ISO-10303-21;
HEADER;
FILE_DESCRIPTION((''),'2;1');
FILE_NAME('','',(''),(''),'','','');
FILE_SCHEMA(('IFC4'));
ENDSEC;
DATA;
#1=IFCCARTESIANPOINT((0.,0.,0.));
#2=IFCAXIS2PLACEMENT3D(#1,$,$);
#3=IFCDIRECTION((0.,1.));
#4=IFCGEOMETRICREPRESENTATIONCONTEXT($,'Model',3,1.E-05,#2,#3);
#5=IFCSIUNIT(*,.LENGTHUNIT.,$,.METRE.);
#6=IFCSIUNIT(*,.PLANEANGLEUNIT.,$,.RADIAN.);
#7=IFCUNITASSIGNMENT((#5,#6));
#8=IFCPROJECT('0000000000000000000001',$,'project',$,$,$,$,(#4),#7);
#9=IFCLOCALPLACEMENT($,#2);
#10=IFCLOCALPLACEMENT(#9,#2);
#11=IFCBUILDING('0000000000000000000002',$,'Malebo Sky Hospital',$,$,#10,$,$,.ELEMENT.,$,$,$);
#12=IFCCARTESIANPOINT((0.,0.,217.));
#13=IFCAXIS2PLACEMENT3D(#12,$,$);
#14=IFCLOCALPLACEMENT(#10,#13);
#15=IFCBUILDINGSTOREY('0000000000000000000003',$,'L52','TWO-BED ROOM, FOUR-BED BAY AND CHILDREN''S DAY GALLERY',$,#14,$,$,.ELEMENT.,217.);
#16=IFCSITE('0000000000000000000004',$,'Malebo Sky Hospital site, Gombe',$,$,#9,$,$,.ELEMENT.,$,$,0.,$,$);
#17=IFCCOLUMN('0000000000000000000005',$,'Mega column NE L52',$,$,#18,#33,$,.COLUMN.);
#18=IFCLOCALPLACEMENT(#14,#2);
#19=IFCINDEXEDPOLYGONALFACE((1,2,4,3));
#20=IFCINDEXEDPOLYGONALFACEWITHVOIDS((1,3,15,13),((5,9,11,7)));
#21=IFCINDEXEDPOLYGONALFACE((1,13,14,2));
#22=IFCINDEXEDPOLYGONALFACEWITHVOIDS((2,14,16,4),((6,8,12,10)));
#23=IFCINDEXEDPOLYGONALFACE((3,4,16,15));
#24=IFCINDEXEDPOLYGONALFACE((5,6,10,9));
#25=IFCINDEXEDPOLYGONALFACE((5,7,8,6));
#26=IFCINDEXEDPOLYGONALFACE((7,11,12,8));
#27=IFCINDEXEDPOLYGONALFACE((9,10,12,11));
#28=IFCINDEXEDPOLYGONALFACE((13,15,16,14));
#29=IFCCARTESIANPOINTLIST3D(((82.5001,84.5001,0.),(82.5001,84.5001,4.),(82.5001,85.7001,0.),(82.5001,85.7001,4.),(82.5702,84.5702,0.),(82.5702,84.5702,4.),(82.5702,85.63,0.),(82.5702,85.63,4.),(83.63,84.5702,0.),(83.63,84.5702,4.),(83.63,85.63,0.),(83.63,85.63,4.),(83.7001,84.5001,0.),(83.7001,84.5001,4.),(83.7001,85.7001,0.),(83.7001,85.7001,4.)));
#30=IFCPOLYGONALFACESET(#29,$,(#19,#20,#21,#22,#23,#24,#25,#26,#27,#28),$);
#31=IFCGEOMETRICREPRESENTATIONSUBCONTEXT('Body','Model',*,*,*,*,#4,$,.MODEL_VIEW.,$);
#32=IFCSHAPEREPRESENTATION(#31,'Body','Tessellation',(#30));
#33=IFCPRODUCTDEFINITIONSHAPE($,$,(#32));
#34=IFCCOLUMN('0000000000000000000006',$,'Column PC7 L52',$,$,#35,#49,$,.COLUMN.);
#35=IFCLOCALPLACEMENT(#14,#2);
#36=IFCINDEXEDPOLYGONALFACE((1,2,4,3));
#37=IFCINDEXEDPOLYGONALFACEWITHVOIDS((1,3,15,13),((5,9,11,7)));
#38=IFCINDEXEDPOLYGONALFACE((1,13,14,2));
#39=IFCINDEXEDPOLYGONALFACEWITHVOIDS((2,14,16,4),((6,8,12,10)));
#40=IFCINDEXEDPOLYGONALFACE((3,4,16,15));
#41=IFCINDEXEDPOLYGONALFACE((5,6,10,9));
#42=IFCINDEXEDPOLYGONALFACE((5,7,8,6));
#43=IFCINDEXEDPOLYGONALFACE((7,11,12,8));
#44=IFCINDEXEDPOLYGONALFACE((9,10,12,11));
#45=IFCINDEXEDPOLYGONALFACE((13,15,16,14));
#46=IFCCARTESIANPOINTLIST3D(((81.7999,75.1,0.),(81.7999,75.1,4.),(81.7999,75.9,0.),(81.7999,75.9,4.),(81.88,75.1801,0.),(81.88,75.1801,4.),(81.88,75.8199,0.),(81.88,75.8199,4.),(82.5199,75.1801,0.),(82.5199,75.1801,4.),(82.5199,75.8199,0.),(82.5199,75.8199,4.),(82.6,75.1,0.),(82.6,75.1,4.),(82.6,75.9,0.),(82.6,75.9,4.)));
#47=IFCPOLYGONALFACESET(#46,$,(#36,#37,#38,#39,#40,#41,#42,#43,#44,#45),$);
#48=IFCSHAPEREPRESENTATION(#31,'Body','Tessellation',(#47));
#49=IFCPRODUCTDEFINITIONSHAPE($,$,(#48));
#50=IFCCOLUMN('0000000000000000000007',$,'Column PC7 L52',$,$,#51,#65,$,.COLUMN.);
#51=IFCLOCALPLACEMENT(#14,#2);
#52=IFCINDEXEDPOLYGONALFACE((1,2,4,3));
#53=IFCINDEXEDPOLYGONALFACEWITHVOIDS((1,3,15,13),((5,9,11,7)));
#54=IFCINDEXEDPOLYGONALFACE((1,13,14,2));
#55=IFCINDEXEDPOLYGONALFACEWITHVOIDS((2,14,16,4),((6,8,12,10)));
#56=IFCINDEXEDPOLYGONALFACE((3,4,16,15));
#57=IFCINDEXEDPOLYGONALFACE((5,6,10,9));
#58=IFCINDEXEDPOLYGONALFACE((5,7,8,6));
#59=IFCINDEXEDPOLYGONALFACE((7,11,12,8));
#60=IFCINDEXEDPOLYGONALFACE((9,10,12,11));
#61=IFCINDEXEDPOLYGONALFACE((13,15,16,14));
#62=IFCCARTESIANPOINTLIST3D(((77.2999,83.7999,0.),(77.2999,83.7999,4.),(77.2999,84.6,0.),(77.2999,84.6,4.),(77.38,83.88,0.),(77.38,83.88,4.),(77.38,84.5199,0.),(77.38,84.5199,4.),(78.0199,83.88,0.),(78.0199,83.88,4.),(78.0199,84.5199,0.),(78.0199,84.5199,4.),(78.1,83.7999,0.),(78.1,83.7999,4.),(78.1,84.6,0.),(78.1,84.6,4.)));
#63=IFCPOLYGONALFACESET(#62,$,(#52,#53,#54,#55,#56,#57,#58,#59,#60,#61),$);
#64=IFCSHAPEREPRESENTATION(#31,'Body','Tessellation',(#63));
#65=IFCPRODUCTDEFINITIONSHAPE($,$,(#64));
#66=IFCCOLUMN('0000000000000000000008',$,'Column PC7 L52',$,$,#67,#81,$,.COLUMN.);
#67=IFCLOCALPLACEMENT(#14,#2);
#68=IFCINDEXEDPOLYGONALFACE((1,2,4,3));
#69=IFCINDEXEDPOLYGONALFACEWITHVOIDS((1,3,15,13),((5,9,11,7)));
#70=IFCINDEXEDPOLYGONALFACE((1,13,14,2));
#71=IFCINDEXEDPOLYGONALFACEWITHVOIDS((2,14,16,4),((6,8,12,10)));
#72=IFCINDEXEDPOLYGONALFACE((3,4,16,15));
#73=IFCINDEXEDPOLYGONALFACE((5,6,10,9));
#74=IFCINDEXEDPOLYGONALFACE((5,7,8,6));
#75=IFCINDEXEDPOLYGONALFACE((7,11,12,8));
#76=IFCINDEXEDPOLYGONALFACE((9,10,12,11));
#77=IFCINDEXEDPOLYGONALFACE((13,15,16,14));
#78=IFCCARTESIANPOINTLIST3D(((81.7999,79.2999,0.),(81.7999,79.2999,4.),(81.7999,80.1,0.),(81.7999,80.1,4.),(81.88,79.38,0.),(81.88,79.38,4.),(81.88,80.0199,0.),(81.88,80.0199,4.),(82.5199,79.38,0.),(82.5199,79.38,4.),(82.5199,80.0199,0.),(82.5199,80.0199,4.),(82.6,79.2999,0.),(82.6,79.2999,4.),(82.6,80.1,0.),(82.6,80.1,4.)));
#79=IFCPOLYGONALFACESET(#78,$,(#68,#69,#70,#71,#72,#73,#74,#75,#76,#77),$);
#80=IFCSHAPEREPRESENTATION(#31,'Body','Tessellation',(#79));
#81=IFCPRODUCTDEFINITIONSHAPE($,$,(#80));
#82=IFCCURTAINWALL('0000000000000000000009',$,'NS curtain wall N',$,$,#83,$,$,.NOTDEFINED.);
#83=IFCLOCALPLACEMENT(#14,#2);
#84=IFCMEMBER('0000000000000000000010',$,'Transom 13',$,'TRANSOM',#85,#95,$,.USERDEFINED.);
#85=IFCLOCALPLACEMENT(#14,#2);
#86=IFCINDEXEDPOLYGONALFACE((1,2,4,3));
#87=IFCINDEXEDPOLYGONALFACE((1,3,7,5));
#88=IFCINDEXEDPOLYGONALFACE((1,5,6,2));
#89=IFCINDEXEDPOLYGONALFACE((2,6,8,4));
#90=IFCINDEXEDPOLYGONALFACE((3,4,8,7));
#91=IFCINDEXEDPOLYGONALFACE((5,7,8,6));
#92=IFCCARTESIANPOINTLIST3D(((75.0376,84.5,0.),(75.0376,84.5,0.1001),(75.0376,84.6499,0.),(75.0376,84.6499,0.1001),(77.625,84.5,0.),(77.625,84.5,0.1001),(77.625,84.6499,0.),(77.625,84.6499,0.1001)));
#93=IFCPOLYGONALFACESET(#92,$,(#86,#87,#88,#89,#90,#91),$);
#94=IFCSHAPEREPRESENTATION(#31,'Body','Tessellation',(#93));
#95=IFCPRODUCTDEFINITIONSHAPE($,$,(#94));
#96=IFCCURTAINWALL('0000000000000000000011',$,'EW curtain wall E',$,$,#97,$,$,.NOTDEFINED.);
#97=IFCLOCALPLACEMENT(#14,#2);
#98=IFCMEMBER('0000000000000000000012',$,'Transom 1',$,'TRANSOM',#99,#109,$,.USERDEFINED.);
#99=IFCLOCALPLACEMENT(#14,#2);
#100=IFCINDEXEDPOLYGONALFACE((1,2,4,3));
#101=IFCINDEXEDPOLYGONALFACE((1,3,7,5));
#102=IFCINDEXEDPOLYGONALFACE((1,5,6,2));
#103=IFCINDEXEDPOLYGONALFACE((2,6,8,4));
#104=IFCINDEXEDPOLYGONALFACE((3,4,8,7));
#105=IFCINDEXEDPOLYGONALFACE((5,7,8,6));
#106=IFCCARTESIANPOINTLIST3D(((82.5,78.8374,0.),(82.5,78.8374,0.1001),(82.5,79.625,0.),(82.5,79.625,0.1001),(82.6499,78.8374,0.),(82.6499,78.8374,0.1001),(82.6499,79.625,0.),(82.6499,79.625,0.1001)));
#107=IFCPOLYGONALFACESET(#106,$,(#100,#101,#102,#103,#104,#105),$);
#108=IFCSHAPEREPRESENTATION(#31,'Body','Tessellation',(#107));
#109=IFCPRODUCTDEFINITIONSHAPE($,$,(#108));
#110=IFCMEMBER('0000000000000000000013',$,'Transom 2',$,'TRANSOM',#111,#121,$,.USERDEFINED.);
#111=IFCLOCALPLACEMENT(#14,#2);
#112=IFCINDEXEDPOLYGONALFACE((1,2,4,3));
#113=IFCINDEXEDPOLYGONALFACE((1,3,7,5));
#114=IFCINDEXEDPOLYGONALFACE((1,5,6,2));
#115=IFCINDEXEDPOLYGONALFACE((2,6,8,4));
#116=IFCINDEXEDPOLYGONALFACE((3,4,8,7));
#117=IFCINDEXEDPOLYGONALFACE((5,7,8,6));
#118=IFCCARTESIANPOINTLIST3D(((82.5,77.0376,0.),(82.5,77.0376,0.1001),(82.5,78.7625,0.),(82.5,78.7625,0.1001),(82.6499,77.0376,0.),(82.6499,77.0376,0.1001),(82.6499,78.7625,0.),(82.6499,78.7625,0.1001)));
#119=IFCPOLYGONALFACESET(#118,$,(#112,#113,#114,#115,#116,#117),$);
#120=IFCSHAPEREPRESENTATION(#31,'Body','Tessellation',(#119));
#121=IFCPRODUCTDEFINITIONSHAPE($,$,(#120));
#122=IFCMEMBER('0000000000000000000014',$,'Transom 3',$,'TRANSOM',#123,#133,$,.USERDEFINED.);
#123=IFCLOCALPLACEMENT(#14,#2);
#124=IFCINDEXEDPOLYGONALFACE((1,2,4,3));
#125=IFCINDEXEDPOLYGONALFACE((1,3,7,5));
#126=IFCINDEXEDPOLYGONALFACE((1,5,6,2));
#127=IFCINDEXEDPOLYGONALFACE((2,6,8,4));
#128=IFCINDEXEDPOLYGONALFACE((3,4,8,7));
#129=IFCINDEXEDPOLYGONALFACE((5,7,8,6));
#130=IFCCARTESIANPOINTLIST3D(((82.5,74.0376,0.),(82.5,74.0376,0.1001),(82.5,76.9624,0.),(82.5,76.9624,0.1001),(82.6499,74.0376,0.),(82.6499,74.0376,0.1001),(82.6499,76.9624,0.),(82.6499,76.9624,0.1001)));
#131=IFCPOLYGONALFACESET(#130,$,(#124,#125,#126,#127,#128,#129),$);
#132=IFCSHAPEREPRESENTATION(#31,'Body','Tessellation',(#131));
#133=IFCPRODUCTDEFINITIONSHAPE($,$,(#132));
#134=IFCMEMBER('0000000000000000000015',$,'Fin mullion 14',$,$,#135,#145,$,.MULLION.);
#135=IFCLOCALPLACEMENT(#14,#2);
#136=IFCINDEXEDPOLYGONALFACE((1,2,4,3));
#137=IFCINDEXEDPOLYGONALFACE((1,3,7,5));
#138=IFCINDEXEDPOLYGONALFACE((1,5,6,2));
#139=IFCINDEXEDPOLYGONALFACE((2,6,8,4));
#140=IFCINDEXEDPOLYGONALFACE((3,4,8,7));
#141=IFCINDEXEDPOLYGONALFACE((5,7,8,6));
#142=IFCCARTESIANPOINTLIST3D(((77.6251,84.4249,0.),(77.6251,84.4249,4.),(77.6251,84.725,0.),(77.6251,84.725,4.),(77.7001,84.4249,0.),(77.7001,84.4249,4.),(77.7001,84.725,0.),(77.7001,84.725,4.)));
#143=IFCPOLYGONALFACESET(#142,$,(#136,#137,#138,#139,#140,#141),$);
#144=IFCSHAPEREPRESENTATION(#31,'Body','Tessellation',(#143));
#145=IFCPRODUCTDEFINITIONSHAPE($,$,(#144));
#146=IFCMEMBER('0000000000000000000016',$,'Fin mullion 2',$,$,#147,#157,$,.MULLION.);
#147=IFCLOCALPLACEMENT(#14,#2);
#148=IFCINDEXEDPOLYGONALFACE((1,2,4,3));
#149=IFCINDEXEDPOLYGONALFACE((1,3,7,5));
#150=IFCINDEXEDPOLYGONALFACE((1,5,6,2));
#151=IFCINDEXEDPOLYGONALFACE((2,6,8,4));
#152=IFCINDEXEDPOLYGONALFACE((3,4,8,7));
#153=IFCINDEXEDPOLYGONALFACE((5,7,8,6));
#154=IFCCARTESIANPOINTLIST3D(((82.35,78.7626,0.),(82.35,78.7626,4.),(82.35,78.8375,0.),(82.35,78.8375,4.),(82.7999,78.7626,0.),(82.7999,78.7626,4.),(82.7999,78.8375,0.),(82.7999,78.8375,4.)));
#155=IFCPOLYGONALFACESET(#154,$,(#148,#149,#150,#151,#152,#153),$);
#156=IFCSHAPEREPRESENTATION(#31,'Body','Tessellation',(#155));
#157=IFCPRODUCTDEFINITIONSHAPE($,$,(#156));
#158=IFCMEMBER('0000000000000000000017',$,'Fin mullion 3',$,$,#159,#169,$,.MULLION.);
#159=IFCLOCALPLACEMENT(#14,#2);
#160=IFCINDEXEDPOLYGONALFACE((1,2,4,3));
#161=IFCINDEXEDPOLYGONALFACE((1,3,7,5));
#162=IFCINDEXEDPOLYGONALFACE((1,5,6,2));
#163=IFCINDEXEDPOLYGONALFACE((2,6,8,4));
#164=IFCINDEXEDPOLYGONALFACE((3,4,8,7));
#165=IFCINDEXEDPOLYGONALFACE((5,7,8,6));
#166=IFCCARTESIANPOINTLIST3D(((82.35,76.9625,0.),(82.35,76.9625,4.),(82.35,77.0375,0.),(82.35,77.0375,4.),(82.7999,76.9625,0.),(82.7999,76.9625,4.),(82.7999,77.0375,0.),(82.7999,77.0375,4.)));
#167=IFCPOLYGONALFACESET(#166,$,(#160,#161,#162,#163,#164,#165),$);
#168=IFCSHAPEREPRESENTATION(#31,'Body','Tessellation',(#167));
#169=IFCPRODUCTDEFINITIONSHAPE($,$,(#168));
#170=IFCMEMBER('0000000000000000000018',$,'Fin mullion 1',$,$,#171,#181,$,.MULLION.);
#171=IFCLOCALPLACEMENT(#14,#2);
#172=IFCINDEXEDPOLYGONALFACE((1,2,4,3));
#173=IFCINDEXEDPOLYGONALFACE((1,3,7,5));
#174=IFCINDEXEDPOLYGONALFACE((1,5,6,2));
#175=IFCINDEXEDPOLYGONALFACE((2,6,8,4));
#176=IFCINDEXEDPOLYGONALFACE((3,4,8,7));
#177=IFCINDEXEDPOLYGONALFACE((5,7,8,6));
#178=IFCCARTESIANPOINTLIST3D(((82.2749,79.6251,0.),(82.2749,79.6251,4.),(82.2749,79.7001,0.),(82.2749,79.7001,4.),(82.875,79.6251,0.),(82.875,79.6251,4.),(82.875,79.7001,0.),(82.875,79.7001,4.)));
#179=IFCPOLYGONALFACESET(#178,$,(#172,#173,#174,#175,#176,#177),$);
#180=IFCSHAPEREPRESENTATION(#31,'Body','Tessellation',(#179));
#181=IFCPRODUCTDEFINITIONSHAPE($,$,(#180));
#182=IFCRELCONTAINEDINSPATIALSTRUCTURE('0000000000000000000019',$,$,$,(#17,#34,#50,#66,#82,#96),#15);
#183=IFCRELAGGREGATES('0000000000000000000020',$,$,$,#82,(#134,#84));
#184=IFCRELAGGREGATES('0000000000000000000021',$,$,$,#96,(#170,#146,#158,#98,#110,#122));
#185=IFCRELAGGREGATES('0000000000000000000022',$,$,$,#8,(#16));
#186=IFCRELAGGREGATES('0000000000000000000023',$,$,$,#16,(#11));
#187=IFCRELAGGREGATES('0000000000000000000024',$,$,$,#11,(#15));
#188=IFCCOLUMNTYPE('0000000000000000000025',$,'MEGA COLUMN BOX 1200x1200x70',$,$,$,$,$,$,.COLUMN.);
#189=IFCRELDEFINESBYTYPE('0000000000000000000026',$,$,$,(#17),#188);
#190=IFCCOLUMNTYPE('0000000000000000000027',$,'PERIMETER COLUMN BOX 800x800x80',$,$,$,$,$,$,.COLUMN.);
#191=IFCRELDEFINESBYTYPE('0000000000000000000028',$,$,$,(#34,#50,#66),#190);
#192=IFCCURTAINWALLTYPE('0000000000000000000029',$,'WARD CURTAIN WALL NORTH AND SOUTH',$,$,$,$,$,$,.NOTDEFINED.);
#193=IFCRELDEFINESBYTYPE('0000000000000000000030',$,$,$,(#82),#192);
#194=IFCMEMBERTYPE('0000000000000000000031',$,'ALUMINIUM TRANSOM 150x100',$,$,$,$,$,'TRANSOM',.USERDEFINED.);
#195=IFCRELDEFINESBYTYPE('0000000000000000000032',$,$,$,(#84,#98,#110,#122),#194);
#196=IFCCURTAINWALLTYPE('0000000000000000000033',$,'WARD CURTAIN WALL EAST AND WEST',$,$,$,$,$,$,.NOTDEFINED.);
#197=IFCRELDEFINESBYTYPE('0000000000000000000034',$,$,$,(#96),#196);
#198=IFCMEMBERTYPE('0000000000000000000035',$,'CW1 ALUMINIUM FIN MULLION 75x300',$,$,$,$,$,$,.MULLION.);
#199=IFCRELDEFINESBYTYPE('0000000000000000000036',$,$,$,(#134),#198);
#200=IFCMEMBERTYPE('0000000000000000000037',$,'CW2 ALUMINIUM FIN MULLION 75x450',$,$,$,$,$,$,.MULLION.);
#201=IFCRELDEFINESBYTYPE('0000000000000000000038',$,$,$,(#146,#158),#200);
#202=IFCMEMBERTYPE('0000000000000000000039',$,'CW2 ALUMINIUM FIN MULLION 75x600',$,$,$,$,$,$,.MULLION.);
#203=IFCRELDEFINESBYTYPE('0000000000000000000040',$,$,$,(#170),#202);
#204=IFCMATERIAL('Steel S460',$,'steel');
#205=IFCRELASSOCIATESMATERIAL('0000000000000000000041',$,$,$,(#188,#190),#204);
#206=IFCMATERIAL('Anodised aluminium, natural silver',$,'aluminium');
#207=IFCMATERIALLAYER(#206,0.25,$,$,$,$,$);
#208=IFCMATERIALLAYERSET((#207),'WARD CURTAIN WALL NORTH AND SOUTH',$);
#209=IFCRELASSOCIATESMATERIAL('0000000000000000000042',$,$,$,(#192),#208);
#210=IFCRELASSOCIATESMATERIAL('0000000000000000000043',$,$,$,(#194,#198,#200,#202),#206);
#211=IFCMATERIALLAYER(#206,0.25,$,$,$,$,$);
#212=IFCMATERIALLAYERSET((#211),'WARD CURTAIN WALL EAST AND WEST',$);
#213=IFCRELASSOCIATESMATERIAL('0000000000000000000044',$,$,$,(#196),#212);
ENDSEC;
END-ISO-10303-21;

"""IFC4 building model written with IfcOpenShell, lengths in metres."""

from ifc_helpers import new_model, si_unit, direction, frame, origin, origin_2d, place, context, subcontext, project, spatial, rectangle, hollow_rectangle, extrude, material, layer, layer_set, material_profile, profile_set, type_object, element, aggregate, save


model = new_model("IFC4")

# Units and contexts
model_context = context("Model", 3, precision=1e-05, world=origin(), true_north=direction((0.0, 1.0)))
body_context = subcontext(model_context, "Body", "Model", "MODEL_VIEW")
ifc_project = project(units=[si_unit("LENGTHUNIT", "METRE"), si_unit("PLANEANGLEUNIT", "RADIAN")], contexts=[model_context])

# Site, building, storey
site_placement = place(None, origin())
site = spatial("IfcSite", under=ifc_project, at=site_placement, Name="Malebo Sky Hospital site, Gombe", CompositionType="ELEMENT", RefElevation=0.0)
building_placement = place(site_placement, origin())
building = spatial("IfcBuilding", under=site, at=building_placement, Name="Malebo Sky Hospital", CompositionType="ELEMENT")
storey_placement = place(building_placement, frame((0.0, 0.0, 217.0)))
storey = spatial("IfcBuildingStorey", under=building, at=storey_placement, Name="L52", Description="TWO-BED ROOM, FOUR-BED BAY AND CHILDREN'S DAY GALLERY", CompositionType="ELEMENT", Elevation=217.0)

# Columns
ifc_material_1 = material(Name="Steel S460", Category="steel")
ifc_material_profile_1 = material_profile(ifc_material_1, hollow_rectangle(XDim=1.2, YDim=1.2, WallThickness=0.0701, at=origin_2d()), Name="BOX 1200x1200x70")
ifc_profile_set_1 = profile_set([ifc_material_profile_1], Name="Steel S460")
column_type_1 = type_object("IfcColumnType", Name="MEGA COLUMN BOX 1200x1200x70", PredefinedType="COLUMN", material=ifc_profile_set_1)
column_placement = place(storey_placement, frame((83.1001, 85.1001, 0.0), z_axis=(0.0, 0.0, 1.0), x_axis=(1.0, 0.0, 0.0)))
element("IfcColumn", 1, at=column_placement, inside=storey, type_object=column_type_1, Name="Mega column NE L52", PredefinedType="COLUMN", context=body_context, shape_type="SweptSolid", body=[
    extrude(hollow_rectangle(XDim=1.2, YDim=1.2, WallThickness=0.0701, at=origin_2d()), origin(), (0.0, 0.0, 1.0), 4.0),
])
ifc_material_profile_2 = material_profile(ifc_material_1, hollow_rectangle(XDim=0.8, YDim=0.8, WallThickness=0.0801, at=origin_2d()), Name="BOX 800x800x80")
ifc_profile_set_2 = profile_set([ifc_material_profile_2], Name="Steel S460")
column_type_2 = type_object("IfcColumnType", Name="PERIMETER COLUMN BOX 800x800x80", PredefinedType="COLUMN", material=ifc_profile_set_2)
for number, where, z_axis, x_axis, name in (
    (2, (82.2, 75.5, 0.0), (0.0, 0.0, 1.0), (1.0, 0.0, 0.0), "Column PC7 L52"),
    (3, (77.7, 84.2, 0.0), (0.0, 0.0, 1.0), (1.0, 0.0, 0.0), "Column PC7 L52"),
    (4, (82.2, 79.7, 0.0), (0.0, 0.0, 1.0), (1.0, 0.0, 0.0), "Column PC7 L52"),
):
    element("IfcColumn", number, at=place(storey_placement, frame(where, z_axis=z_axis, x_axis=x_axis)), inside=storey, type_object=column_type_2, Name=name, PredefinedType="COLUMN", context=body_context, shape_type="SweptSolid", body=[
        extrude(hollow_rectangle(XDim=0.8, YDim=0.8, WallThickness=0.0801, at=origin_2d()), origin(), (0.0, 0.0, 1.0), 4.0),
    ])

# Curtain wall, member
ifc_material_2 = material(Name="Anodised aluminium, natural silver", Category="aluminium")
ifc_layer_1 = layer(ifc_material_2, 0.25)
ifc_layer_set_1 = layer_set([ifc_layer_1], Name="WARD CURTAIN WALL NORTH AND SOUTH")
curtain_wall_type_1 = type_object("IfcCurtainWallType", Name="WARD CURTAIN WALL NORTH AND SOUTH", PredefinedType="NOTDEFINED", material=ifc_layer_set_1)
curtain_wall_1_placement = place(storey_placement, origin())
curtain_wall_1 = element("IfcCurtainWall", 5, at=curtain_wall_1_placement, inside=storey, type_object=curtain_wall_type_1, Name="NS curtain wall N", PredefinedType="NOTDEFINED")
ifc_material_profile_3 = material_profile(ifc_material_2, rectangle(XDim=0.1499, YDim=0.1001, at=origin_2d()), Name="ALUMINIUM TRANSOM 150x100")
ifc_profile_set_3 = profile_set([ifc_material_profile_3], Name="Anodised aluminium, natural silver")
member_type_1 = type_object("IfcMemberType", Name="ALUMINIUM TRANSOM 150x100", ElementType="TRANSOM", PredefinedType="USERDEFINED", material=ifc_profile_set_3)
member_1_placement = place(storey_placement, frame((75.0376, 84.575, 0.05), z_axis=(1.0, 0.0, 0.0), x_axis=(0.0, 1.0, 0.0)))
member_1 = element("IfcMember", 6, at=member_1_placement, type_object=member_type_1, Name="Transom 13", ObjectType="TRANSOM", PredefinedType="USERDEFINED", context=body_context, shape_type="SweptSolid", body=[
    extrude(rectangle(XDim=0.1499, YDim=0.1001, at=origin_2d()), origin(), (0.0, 0.0, 1.0), 2.5874),
])

# Curtain wall, members
ifc_layer_2 = layer(ifc_material_2, 0.25)
ifc_layer_set_2 = layer_set([ifc_layer_2], Name="WARD CURTAIN WALL EAST AND WEST")
curtain_wall_type_2 = type_object("IfcCurtainWallType", Name="WARD CURTAIN WALL EAST AND WEST", PredefinedType="NOTDEFINED", material=ifc_layer_set_2)
curtain_wall_2_placement = place(storey_placement, origin())
curtain_wall_2 = element("IfcCurtainWall", 7, at=curtain_wall_2_placement, inside=storey, type_object=curtain_wall_type_2, Name="EW curtain wall E", PredefinedType="NOTDEFINED")
member_2_placement = place(storey_placement, frame((82.575, 79.625, 0.05), z_axis=(0.0, -1.0, 0.0), x_axis=(1.0, 0.0, 0.0)))
member_2 = element("IfcMember", 8, at=member_2_placement, type_object=member_type_1, Name="Transom 1", ObjectType="TRANSOM", PredefinedType="USERDEFINED", context=body_context, shape_type="SweptSolid", body=[
    extrude(rectangle(XDim=0.1499, YDim=0.1001, at=origin_2d()), origin(), (0.0, 0.0, 1.0), 0.7876),
])
member_3_placement = place(storey_placement, frame((82.575, 78.7625, 0.05), z_axis=(0.0, -1.0, 0.0), x_axis=(1.0, 0.0, 0.0)))
member_3 = element("IfcMember", 9, at=member_3_placement, type_object=member_type_1, Name="Transom 2", ObjectType="TRANSOM", PredefinedType="USERDEFINED", context=body_context, shape_type="SweptSolid", body=[
    extrude(rectangle(XDim=0.1499, YDim=0.1001, at=origin_2d()), origin(), (0.0, 0.0, 1.0), 1.7249),
])
member_4_placement = place(storey_placement, frame((82.575, 76.9624, 0.05), z_axis=(0.0, -1.0, 0.0), x_axis=(1.0, 0.0, 0.0)))
member_4 = element("IfcMember", 10, at=member_4_placement, type_object=member_type_1, Name="Transom 3", ObjectType="TRANSOM", PredefinedType="USERDEFINED", context=body_context, shape_type="SweptSolid", body=[
    extrude(rectangle(XDim=0.1499, YDim=0.1001, at=origin_2d()), origin(), (0.0, 0.0, 1.0), 2.9248),
])

# Members
ifc_material_profile_4 = material_profile(ifc_material_2, rectangle(XDim=0.075, YDim=0.3, at=origin_2d()), Name="CW1 ALUMINIUM FIN MULLION 75x300")
ifc_profile_set_4 = profile_set([ifc_material_profile_4], Name="Anodised aluminium, natural silver")
member_type_2 = type_object("IfcMemberType", Name="CW1 ALUMINIUM FIN MULLION 75x300", PredefinedType="MULLION", material=ifc_profile_set_4)
member_5_placement = place(storey_placement, frame((77.6626, 84.575, 0.0), z_axis=(0.0, 0.0, 1.0), x_axis=(1.0, 0.0, 0.0)))
member_5 = element("IfcMember", 11, at=member_5_placement, type_object=member_type_2, Name="Fin mullion 14", PredefinedType="MULLION", context=body_context, shape_type="SweptSolid", body=[
    extrude(rectangle(XDim=0.075, YDim=0.3, at=origin_2d()), origin(), (0.0, 0.0, 1.0), 4.0),
])
ifc_material_profile_5 = material_profile(ifc_material_2, rectangle(XDim=0.075, YDim=0.45, at=origin_2d()), Name="CW2 ALUMINIUM FIN MULLION 75x450")
ifc_profile_set_5 = profile_set([ifc_material_profile_5], Name="Anodised aluminium, natural silver")
member_type_3 = type_object("IfcMemberType", Name="CW2 ALUMINIUM FIN MULLION 75x450", PredefinedType="MULLION", material=ifc_profile_set_5)
member_6_placement = place(storey_placement, frame((82.575, 78.8, 0.0), z_axis=(0.0, 0.0, 1.0), x_axis=(0.0, -1.0, 0.0)))
member_6 = element("IfcMember", 12, at=member_6_placement, type_object=member_type_3, Name="Fin mullion 2", PredefinedType="MULLION", context=body_context, shape_type="SweptSolid", body=[
    extrude(rectangle(XDim=0.075, YDim=0.45, at=origin_2d()), origin(), (0.0, 0.0, 1.0), 4.0),
])
member_7_placement = place(storey_placement, frame((82.575, 77.0, 0.0), z_axis=(0.0, 0.0, 1.0), x_axis=(0.0, -1.0, 0.0)))
member_7 = element("IfcMember", 13, at=member_7_placement, type_object=member_type_3, Name="Fin mullion 3", PredefinedType="MULLION", context=body_context, shape_type="SweptSolid", body=[
    extrude(rectangle(XDim=0.075, YDim=0.45, at=origin_2d()), origin(), (0.0, 0.0, 1.0), 4.0),
])
ifc_material_profile_6 = material_profile(ifc_material_2, rectangle(XDim=0.075, YDim=0.6001, at=origin_2d()), Name="CW2 ALUMINIUM FIN MULLION 75x600")
ifc_profile_set_6 = profile_set([ifc_material_profile_6], Name="Anodised aluminium, natural silver")
member_type_4 = type_object("IfcMemberType", Name="CW2 ALUMINIUM FIN MULLION 75x600", PredefinedType="MULLION", material=ifc_profile_set_6)
member_8_placement = place(storey_placement, frame((82.575, 79.6626, 0.0), z_axis=(0.0, 0.0, 1.0), x_axis=(0.0, -1.0, 0.0)))
member_8 = element("IfcMember", 14, at=member_8_placement, type_object=member_type_4, Name="Fin mullion 1", PredefinedType="MULLION", context=body_context, shape_type="SweptSolid", body=[
    extrude(rectangle(XDim=0.075, YDim=0.6001, at=origin_2d()), origin(), (0.0, 0.0, 1.0), 4.0),
])

aggregate(curtain_wall_1, [member_5, member_1])
aggregate(curtain_wall_2, [member_8, member_6, member_7, member_2, member_3, member_4])

save(model, "model.ifc")
